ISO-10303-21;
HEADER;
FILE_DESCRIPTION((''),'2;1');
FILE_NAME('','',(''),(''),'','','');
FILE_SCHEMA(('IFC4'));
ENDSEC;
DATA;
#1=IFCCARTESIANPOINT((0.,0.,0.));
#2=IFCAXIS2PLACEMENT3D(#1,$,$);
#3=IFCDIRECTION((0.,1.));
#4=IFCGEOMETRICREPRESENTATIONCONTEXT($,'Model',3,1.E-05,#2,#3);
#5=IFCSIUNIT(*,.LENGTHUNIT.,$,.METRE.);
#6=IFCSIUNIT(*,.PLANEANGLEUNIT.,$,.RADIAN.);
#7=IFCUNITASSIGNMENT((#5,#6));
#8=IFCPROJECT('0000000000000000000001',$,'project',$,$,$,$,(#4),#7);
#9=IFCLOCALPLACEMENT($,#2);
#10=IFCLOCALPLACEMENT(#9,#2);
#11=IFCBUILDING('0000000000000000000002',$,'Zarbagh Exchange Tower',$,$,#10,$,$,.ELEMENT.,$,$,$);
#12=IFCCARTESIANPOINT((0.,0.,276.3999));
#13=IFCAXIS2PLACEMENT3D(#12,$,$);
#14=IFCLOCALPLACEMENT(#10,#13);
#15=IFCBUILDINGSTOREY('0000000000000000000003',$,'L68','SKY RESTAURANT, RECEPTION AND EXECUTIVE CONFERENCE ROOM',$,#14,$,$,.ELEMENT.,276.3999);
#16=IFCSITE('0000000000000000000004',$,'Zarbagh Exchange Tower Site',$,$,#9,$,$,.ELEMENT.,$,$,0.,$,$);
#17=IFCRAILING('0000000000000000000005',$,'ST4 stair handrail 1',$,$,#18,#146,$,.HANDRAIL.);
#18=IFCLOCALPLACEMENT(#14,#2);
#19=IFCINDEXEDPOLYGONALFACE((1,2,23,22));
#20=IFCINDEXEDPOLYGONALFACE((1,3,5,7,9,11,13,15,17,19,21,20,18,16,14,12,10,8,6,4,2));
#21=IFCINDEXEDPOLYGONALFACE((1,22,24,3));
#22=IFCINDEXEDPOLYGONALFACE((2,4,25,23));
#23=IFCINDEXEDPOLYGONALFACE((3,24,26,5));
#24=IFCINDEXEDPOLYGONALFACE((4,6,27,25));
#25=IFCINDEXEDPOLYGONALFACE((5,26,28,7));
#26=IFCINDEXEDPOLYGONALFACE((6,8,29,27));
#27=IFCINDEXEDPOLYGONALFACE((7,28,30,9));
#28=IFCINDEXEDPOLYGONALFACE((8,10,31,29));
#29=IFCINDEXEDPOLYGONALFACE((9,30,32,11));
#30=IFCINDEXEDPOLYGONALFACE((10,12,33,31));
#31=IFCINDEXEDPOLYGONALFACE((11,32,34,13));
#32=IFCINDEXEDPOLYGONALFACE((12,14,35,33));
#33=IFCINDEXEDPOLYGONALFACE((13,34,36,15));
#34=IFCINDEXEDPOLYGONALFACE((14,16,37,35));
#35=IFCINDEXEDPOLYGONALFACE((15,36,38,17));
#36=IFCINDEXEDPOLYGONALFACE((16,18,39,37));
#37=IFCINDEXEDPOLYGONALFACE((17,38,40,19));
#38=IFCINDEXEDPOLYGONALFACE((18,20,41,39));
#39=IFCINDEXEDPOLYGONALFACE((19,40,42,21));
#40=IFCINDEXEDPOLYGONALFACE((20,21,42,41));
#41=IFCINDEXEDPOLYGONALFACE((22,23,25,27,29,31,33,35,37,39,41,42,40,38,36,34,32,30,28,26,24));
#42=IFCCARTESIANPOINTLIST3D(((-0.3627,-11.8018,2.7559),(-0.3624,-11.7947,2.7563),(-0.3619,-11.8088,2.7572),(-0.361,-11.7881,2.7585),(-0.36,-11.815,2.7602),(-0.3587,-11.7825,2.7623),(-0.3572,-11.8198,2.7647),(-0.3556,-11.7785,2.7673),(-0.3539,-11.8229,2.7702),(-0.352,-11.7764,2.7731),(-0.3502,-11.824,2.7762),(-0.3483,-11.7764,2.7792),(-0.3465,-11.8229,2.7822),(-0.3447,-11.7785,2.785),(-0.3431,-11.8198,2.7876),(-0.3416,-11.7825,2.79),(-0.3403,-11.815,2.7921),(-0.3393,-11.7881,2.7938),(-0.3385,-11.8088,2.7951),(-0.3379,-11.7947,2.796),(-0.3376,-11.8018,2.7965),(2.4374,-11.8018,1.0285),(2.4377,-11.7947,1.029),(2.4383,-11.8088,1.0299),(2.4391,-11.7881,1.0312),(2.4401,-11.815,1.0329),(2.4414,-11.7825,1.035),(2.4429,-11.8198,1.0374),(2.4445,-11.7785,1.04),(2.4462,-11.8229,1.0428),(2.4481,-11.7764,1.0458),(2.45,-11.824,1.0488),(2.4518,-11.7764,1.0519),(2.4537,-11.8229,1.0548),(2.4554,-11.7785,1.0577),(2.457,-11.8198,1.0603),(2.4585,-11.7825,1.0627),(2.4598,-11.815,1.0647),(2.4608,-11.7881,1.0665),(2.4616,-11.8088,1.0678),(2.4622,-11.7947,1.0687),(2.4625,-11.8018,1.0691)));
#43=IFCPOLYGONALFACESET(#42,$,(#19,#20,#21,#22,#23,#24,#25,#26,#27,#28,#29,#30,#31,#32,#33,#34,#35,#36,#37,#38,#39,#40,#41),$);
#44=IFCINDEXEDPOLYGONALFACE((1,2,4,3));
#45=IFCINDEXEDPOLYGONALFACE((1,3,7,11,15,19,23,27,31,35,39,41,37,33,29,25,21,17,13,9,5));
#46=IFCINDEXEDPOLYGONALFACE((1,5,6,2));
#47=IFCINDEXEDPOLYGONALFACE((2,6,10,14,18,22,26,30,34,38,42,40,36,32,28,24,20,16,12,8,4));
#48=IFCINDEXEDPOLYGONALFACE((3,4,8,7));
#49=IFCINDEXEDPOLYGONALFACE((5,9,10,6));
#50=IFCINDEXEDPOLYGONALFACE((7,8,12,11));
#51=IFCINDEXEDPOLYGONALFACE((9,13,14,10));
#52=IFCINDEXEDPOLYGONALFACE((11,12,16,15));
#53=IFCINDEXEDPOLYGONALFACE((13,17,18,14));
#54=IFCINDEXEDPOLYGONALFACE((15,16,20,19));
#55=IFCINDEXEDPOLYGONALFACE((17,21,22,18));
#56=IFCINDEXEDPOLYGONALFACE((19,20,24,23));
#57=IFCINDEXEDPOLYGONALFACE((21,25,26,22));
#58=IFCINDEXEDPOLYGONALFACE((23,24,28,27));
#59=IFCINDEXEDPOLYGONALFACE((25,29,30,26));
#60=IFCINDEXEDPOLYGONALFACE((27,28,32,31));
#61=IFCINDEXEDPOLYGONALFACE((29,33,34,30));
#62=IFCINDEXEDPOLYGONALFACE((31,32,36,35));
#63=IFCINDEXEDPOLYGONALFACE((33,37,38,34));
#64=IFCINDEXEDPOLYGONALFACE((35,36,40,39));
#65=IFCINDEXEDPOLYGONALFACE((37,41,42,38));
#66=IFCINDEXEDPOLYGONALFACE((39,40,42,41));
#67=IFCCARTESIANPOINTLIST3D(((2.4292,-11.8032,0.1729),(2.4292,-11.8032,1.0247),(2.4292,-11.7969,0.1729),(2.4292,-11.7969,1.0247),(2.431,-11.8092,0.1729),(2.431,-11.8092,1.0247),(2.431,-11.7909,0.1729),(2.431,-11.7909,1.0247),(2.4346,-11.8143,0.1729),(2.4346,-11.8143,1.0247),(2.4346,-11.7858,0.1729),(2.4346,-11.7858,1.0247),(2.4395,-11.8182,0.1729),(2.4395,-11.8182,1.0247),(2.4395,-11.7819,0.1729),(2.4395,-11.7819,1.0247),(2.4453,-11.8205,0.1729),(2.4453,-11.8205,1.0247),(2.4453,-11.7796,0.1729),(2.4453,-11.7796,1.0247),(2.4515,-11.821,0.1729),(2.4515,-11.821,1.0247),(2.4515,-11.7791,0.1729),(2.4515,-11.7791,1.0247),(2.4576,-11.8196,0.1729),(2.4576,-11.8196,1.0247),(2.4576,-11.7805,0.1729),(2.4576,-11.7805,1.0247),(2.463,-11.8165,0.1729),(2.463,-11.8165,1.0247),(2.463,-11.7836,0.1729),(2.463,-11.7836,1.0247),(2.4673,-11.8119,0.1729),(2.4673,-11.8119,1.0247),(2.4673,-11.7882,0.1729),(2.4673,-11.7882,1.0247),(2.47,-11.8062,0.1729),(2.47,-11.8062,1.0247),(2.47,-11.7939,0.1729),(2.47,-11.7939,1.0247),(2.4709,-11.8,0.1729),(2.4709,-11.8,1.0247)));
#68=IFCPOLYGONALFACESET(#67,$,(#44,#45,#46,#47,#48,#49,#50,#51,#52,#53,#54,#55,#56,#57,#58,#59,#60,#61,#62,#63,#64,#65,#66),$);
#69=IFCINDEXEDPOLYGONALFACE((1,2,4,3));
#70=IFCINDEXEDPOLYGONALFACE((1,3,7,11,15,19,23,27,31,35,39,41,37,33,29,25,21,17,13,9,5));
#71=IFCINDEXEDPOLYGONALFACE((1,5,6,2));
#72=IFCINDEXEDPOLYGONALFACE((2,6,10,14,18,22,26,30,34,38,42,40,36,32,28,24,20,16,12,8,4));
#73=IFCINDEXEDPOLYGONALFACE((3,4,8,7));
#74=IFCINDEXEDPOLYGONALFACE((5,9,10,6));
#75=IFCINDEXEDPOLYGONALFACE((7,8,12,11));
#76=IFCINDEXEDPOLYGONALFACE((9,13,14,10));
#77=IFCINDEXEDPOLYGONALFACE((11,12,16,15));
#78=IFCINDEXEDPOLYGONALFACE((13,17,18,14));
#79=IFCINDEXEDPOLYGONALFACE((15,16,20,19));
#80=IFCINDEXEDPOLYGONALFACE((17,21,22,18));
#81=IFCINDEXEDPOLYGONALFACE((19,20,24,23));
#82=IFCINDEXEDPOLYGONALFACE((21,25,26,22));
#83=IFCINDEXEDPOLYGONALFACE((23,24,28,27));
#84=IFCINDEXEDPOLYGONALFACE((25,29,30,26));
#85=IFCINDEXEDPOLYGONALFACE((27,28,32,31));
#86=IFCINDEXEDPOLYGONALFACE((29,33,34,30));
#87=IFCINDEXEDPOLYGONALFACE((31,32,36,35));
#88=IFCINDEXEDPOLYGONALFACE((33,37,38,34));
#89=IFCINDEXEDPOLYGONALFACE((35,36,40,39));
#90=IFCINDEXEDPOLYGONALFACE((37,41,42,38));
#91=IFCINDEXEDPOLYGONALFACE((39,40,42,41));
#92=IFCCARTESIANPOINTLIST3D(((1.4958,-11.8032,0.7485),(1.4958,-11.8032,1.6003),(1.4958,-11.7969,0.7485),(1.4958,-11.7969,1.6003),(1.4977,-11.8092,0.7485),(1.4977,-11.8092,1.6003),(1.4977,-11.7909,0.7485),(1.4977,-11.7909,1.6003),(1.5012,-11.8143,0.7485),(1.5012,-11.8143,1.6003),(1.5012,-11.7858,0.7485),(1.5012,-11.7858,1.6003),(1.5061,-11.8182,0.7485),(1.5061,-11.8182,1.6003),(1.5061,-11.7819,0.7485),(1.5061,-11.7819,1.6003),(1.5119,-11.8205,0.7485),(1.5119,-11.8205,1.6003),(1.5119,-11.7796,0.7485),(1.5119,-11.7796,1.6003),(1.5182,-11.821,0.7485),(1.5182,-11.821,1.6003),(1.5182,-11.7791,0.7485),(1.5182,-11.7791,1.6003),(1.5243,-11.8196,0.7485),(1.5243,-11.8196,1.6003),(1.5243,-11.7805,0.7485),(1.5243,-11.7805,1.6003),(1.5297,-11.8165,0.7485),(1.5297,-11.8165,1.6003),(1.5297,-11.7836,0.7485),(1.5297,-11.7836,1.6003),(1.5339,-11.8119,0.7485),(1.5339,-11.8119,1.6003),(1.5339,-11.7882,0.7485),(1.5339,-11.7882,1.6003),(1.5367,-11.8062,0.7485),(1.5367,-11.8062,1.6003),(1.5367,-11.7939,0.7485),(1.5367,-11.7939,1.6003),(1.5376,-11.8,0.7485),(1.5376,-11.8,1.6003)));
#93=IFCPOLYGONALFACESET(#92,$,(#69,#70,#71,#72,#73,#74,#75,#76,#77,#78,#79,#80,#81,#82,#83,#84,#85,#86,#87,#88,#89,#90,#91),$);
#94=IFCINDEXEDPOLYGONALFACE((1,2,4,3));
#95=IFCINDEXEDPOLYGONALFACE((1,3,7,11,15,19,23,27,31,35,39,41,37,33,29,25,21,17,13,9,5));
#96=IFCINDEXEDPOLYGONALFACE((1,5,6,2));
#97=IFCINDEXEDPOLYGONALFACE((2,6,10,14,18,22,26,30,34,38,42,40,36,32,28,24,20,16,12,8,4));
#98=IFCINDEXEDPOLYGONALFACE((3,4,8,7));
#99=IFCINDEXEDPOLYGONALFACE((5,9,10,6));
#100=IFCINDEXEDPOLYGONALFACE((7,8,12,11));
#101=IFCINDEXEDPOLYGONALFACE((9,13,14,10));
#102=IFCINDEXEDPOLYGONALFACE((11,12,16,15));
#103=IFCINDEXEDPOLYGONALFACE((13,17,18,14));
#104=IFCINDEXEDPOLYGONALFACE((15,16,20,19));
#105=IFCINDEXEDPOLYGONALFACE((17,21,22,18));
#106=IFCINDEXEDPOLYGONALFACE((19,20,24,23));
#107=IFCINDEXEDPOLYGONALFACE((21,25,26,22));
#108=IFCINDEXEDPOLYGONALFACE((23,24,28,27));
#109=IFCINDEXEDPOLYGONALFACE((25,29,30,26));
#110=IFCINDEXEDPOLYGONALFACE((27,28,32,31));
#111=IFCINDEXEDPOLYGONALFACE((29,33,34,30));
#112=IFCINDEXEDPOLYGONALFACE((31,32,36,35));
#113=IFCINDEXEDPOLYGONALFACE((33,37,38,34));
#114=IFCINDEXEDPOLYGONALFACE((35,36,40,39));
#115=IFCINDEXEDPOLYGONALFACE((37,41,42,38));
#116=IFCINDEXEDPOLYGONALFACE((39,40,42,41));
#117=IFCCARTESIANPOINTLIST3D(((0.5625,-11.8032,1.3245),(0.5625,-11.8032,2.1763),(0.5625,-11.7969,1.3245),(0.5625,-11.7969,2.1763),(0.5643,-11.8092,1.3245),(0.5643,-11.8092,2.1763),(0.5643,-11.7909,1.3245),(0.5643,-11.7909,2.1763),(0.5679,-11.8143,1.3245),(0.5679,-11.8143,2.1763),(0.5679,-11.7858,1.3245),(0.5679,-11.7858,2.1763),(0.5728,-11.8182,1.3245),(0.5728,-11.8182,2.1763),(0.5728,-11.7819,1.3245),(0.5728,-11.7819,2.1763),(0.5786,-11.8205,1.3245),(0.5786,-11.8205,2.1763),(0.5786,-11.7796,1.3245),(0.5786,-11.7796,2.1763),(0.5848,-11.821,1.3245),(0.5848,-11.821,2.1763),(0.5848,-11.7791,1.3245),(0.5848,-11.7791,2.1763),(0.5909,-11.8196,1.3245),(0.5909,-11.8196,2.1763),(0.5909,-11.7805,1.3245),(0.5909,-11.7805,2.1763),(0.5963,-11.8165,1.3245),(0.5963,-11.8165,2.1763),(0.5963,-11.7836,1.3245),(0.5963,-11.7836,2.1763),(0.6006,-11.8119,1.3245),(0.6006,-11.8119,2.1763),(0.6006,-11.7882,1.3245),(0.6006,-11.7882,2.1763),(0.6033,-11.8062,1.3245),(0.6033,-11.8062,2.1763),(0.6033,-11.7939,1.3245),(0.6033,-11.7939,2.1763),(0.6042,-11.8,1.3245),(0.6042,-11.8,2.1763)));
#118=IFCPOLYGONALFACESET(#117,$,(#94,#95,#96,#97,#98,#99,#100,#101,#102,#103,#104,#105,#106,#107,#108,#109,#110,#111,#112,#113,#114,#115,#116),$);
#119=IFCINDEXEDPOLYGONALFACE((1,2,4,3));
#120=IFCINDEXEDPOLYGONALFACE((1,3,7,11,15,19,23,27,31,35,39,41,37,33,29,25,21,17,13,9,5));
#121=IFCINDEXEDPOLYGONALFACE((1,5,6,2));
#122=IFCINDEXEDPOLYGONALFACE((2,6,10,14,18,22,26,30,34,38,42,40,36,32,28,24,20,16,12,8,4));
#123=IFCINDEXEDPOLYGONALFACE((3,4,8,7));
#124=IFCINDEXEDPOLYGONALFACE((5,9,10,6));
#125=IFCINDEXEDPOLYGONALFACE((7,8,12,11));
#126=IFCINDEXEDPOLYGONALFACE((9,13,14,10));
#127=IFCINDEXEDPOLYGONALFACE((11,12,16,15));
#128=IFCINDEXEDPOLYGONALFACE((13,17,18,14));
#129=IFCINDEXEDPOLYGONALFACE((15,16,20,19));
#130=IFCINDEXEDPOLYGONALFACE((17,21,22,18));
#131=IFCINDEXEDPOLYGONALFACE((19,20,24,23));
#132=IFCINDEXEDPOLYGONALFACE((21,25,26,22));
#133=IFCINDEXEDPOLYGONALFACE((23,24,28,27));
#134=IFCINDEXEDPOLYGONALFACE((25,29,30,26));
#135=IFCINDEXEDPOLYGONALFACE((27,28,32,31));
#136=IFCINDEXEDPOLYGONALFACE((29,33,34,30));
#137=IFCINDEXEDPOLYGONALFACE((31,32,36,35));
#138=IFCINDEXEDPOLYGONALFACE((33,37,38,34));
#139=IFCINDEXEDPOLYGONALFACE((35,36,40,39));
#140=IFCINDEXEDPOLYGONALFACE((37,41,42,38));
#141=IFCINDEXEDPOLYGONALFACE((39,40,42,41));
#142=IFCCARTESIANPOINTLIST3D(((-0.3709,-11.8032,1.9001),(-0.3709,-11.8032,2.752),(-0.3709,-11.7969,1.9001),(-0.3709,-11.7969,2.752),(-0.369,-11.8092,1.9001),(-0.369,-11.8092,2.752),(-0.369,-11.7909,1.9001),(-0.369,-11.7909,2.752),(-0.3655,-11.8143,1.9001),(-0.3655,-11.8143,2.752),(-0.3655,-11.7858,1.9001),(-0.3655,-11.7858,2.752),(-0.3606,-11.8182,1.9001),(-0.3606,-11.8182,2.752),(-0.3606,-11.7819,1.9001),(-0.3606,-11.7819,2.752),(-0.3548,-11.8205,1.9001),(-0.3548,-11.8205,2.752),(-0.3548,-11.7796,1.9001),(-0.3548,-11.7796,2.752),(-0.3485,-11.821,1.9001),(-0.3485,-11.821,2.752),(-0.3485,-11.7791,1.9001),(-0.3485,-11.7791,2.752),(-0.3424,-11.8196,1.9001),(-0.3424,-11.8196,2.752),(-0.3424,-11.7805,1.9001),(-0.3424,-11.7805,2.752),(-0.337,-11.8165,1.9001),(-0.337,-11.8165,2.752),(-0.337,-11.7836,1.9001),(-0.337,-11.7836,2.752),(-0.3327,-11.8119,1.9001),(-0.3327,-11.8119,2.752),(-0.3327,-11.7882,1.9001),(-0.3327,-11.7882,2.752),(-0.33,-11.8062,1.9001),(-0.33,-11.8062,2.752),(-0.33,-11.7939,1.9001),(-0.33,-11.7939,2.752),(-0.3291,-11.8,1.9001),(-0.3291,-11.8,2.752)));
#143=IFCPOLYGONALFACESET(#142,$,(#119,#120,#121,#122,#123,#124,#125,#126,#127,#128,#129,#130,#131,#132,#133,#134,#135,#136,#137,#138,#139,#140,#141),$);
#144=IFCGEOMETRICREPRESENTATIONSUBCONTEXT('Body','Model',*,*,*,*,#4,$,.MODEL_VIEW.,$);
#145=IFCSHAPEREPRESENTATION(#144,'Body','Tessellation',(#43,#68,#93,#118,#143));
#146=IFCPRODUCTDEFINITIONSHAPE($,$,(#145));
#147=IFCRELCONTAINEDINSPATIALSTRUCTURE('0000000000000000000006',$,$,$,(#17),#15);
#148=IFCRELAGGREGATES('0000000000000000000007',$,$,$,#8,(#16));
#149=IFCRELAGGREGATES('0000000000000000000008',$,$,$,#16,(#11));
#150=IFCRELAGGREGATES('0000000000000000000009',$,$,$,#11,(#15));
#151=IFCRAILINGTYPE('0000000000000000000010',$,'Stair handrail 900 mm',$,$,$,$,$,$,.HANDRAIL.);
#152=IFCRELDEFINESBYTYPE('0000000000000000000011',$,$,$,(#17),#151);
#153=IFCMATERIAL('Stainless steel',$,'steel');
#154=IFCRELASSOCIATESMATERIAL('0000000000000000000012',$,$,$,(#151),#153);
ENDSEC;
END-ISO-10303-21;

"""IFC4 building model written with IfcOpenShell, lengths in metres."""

from ifc_helpers import new_model, si_unit, direction, frame, origin, origin_2d, place, context, subcontext, project, spatial, circle, extrude, material, type_object, element, save


model = new_model("IFC4")

# Units and contexts
model_context = context("Model", 3, precision=1e-05, world=origin(), true_north=direction((0.0, 1.0)))
body_context = subcontext(model_context, "Body", "Model", "MODEL_VIEW")
ifc_project = project(units=[si_unit("LENGTHUNIT", "METRE"), si_unit("PLANEANGLEUNIT", "RADIAN")], contexts=[model_context])

# Site, building, storey
site_placement = place(None, origin())
site = spatial("IfcSite", under=ifc_project, at=site_placement, Name="Zarbagh Exchange Tower Site", CompositionType="ELEMENT", RefElevation=0.0)
building_placement = place(site_placement, origin())
building = spatial("IfcBuilding", under=site, at=building_placement, Name="Zarbagh Exchange Tower", CompositionType="ELEMENT")
storey_placement = place(building_placement, frame((0.0, 0.0, 276.3999)))
storey = spatial("IfcBuildingStorey", under=building, at=storey_placement, Name="L68", Description="SKY RESTAURANT, RECEPTION AND EXECUTIVE CONFERENCE ROOM", CompositionType="ELEMENT", Elevation=276.3999)

# Shared definitions
ifc_material_1 = material(Name="Stainless steel", Category="steel")

# Railing
railing_type = type_object("IfcRailingType", Name="Stair handrail 900 mm", PredefinedType="HANDRAIL", material=ifc_material_1)
railing_1_placement = place(storey_placement, frame((2.45, -11.8, 0.1729)))
element("IfcRailing", 1, at=railing_1_placement, inside=storey, type_object=railing_type, Name="ST4 stair handrail 1", PredefinedType="HANDRAIL", context=body_context, shape_type="SweptSolid", body=[
    extrude(circle(Radius=0.0239, at=origin_2d()), frame((0.0, 0.0, 0.876), z_axis=(-0.85109, 0.0, 0.52502), x_axis=(0.0, -1.0, 0.0)), (0.0, 0.0, 1.0), 3.29),
    extrude(circle(Radius=0.021, at=origin_2d()), origin(), (0.0, 0.0, 1.0), 0.8518),
    extrude(circle(Radius=0.021, at=origin_2d()), frame((-0.9333, 0.0, 0.5757)), (0.0, 0.0, 1.0), 0.8518),
    extrude(circle(Radius=0.021, at=origin_2d()), frame((-1.8667, 0.0, 1.1516)), (0.0, 0.0, 1.0), 0.8518),
    extrude(circle(Radius=0.021, at=origin_2d()), frame((-2.8, 0.0, 1.7273)), (0.0, 0.0, 1.0), 0.8518),
])

save(model, "model.ifc")
